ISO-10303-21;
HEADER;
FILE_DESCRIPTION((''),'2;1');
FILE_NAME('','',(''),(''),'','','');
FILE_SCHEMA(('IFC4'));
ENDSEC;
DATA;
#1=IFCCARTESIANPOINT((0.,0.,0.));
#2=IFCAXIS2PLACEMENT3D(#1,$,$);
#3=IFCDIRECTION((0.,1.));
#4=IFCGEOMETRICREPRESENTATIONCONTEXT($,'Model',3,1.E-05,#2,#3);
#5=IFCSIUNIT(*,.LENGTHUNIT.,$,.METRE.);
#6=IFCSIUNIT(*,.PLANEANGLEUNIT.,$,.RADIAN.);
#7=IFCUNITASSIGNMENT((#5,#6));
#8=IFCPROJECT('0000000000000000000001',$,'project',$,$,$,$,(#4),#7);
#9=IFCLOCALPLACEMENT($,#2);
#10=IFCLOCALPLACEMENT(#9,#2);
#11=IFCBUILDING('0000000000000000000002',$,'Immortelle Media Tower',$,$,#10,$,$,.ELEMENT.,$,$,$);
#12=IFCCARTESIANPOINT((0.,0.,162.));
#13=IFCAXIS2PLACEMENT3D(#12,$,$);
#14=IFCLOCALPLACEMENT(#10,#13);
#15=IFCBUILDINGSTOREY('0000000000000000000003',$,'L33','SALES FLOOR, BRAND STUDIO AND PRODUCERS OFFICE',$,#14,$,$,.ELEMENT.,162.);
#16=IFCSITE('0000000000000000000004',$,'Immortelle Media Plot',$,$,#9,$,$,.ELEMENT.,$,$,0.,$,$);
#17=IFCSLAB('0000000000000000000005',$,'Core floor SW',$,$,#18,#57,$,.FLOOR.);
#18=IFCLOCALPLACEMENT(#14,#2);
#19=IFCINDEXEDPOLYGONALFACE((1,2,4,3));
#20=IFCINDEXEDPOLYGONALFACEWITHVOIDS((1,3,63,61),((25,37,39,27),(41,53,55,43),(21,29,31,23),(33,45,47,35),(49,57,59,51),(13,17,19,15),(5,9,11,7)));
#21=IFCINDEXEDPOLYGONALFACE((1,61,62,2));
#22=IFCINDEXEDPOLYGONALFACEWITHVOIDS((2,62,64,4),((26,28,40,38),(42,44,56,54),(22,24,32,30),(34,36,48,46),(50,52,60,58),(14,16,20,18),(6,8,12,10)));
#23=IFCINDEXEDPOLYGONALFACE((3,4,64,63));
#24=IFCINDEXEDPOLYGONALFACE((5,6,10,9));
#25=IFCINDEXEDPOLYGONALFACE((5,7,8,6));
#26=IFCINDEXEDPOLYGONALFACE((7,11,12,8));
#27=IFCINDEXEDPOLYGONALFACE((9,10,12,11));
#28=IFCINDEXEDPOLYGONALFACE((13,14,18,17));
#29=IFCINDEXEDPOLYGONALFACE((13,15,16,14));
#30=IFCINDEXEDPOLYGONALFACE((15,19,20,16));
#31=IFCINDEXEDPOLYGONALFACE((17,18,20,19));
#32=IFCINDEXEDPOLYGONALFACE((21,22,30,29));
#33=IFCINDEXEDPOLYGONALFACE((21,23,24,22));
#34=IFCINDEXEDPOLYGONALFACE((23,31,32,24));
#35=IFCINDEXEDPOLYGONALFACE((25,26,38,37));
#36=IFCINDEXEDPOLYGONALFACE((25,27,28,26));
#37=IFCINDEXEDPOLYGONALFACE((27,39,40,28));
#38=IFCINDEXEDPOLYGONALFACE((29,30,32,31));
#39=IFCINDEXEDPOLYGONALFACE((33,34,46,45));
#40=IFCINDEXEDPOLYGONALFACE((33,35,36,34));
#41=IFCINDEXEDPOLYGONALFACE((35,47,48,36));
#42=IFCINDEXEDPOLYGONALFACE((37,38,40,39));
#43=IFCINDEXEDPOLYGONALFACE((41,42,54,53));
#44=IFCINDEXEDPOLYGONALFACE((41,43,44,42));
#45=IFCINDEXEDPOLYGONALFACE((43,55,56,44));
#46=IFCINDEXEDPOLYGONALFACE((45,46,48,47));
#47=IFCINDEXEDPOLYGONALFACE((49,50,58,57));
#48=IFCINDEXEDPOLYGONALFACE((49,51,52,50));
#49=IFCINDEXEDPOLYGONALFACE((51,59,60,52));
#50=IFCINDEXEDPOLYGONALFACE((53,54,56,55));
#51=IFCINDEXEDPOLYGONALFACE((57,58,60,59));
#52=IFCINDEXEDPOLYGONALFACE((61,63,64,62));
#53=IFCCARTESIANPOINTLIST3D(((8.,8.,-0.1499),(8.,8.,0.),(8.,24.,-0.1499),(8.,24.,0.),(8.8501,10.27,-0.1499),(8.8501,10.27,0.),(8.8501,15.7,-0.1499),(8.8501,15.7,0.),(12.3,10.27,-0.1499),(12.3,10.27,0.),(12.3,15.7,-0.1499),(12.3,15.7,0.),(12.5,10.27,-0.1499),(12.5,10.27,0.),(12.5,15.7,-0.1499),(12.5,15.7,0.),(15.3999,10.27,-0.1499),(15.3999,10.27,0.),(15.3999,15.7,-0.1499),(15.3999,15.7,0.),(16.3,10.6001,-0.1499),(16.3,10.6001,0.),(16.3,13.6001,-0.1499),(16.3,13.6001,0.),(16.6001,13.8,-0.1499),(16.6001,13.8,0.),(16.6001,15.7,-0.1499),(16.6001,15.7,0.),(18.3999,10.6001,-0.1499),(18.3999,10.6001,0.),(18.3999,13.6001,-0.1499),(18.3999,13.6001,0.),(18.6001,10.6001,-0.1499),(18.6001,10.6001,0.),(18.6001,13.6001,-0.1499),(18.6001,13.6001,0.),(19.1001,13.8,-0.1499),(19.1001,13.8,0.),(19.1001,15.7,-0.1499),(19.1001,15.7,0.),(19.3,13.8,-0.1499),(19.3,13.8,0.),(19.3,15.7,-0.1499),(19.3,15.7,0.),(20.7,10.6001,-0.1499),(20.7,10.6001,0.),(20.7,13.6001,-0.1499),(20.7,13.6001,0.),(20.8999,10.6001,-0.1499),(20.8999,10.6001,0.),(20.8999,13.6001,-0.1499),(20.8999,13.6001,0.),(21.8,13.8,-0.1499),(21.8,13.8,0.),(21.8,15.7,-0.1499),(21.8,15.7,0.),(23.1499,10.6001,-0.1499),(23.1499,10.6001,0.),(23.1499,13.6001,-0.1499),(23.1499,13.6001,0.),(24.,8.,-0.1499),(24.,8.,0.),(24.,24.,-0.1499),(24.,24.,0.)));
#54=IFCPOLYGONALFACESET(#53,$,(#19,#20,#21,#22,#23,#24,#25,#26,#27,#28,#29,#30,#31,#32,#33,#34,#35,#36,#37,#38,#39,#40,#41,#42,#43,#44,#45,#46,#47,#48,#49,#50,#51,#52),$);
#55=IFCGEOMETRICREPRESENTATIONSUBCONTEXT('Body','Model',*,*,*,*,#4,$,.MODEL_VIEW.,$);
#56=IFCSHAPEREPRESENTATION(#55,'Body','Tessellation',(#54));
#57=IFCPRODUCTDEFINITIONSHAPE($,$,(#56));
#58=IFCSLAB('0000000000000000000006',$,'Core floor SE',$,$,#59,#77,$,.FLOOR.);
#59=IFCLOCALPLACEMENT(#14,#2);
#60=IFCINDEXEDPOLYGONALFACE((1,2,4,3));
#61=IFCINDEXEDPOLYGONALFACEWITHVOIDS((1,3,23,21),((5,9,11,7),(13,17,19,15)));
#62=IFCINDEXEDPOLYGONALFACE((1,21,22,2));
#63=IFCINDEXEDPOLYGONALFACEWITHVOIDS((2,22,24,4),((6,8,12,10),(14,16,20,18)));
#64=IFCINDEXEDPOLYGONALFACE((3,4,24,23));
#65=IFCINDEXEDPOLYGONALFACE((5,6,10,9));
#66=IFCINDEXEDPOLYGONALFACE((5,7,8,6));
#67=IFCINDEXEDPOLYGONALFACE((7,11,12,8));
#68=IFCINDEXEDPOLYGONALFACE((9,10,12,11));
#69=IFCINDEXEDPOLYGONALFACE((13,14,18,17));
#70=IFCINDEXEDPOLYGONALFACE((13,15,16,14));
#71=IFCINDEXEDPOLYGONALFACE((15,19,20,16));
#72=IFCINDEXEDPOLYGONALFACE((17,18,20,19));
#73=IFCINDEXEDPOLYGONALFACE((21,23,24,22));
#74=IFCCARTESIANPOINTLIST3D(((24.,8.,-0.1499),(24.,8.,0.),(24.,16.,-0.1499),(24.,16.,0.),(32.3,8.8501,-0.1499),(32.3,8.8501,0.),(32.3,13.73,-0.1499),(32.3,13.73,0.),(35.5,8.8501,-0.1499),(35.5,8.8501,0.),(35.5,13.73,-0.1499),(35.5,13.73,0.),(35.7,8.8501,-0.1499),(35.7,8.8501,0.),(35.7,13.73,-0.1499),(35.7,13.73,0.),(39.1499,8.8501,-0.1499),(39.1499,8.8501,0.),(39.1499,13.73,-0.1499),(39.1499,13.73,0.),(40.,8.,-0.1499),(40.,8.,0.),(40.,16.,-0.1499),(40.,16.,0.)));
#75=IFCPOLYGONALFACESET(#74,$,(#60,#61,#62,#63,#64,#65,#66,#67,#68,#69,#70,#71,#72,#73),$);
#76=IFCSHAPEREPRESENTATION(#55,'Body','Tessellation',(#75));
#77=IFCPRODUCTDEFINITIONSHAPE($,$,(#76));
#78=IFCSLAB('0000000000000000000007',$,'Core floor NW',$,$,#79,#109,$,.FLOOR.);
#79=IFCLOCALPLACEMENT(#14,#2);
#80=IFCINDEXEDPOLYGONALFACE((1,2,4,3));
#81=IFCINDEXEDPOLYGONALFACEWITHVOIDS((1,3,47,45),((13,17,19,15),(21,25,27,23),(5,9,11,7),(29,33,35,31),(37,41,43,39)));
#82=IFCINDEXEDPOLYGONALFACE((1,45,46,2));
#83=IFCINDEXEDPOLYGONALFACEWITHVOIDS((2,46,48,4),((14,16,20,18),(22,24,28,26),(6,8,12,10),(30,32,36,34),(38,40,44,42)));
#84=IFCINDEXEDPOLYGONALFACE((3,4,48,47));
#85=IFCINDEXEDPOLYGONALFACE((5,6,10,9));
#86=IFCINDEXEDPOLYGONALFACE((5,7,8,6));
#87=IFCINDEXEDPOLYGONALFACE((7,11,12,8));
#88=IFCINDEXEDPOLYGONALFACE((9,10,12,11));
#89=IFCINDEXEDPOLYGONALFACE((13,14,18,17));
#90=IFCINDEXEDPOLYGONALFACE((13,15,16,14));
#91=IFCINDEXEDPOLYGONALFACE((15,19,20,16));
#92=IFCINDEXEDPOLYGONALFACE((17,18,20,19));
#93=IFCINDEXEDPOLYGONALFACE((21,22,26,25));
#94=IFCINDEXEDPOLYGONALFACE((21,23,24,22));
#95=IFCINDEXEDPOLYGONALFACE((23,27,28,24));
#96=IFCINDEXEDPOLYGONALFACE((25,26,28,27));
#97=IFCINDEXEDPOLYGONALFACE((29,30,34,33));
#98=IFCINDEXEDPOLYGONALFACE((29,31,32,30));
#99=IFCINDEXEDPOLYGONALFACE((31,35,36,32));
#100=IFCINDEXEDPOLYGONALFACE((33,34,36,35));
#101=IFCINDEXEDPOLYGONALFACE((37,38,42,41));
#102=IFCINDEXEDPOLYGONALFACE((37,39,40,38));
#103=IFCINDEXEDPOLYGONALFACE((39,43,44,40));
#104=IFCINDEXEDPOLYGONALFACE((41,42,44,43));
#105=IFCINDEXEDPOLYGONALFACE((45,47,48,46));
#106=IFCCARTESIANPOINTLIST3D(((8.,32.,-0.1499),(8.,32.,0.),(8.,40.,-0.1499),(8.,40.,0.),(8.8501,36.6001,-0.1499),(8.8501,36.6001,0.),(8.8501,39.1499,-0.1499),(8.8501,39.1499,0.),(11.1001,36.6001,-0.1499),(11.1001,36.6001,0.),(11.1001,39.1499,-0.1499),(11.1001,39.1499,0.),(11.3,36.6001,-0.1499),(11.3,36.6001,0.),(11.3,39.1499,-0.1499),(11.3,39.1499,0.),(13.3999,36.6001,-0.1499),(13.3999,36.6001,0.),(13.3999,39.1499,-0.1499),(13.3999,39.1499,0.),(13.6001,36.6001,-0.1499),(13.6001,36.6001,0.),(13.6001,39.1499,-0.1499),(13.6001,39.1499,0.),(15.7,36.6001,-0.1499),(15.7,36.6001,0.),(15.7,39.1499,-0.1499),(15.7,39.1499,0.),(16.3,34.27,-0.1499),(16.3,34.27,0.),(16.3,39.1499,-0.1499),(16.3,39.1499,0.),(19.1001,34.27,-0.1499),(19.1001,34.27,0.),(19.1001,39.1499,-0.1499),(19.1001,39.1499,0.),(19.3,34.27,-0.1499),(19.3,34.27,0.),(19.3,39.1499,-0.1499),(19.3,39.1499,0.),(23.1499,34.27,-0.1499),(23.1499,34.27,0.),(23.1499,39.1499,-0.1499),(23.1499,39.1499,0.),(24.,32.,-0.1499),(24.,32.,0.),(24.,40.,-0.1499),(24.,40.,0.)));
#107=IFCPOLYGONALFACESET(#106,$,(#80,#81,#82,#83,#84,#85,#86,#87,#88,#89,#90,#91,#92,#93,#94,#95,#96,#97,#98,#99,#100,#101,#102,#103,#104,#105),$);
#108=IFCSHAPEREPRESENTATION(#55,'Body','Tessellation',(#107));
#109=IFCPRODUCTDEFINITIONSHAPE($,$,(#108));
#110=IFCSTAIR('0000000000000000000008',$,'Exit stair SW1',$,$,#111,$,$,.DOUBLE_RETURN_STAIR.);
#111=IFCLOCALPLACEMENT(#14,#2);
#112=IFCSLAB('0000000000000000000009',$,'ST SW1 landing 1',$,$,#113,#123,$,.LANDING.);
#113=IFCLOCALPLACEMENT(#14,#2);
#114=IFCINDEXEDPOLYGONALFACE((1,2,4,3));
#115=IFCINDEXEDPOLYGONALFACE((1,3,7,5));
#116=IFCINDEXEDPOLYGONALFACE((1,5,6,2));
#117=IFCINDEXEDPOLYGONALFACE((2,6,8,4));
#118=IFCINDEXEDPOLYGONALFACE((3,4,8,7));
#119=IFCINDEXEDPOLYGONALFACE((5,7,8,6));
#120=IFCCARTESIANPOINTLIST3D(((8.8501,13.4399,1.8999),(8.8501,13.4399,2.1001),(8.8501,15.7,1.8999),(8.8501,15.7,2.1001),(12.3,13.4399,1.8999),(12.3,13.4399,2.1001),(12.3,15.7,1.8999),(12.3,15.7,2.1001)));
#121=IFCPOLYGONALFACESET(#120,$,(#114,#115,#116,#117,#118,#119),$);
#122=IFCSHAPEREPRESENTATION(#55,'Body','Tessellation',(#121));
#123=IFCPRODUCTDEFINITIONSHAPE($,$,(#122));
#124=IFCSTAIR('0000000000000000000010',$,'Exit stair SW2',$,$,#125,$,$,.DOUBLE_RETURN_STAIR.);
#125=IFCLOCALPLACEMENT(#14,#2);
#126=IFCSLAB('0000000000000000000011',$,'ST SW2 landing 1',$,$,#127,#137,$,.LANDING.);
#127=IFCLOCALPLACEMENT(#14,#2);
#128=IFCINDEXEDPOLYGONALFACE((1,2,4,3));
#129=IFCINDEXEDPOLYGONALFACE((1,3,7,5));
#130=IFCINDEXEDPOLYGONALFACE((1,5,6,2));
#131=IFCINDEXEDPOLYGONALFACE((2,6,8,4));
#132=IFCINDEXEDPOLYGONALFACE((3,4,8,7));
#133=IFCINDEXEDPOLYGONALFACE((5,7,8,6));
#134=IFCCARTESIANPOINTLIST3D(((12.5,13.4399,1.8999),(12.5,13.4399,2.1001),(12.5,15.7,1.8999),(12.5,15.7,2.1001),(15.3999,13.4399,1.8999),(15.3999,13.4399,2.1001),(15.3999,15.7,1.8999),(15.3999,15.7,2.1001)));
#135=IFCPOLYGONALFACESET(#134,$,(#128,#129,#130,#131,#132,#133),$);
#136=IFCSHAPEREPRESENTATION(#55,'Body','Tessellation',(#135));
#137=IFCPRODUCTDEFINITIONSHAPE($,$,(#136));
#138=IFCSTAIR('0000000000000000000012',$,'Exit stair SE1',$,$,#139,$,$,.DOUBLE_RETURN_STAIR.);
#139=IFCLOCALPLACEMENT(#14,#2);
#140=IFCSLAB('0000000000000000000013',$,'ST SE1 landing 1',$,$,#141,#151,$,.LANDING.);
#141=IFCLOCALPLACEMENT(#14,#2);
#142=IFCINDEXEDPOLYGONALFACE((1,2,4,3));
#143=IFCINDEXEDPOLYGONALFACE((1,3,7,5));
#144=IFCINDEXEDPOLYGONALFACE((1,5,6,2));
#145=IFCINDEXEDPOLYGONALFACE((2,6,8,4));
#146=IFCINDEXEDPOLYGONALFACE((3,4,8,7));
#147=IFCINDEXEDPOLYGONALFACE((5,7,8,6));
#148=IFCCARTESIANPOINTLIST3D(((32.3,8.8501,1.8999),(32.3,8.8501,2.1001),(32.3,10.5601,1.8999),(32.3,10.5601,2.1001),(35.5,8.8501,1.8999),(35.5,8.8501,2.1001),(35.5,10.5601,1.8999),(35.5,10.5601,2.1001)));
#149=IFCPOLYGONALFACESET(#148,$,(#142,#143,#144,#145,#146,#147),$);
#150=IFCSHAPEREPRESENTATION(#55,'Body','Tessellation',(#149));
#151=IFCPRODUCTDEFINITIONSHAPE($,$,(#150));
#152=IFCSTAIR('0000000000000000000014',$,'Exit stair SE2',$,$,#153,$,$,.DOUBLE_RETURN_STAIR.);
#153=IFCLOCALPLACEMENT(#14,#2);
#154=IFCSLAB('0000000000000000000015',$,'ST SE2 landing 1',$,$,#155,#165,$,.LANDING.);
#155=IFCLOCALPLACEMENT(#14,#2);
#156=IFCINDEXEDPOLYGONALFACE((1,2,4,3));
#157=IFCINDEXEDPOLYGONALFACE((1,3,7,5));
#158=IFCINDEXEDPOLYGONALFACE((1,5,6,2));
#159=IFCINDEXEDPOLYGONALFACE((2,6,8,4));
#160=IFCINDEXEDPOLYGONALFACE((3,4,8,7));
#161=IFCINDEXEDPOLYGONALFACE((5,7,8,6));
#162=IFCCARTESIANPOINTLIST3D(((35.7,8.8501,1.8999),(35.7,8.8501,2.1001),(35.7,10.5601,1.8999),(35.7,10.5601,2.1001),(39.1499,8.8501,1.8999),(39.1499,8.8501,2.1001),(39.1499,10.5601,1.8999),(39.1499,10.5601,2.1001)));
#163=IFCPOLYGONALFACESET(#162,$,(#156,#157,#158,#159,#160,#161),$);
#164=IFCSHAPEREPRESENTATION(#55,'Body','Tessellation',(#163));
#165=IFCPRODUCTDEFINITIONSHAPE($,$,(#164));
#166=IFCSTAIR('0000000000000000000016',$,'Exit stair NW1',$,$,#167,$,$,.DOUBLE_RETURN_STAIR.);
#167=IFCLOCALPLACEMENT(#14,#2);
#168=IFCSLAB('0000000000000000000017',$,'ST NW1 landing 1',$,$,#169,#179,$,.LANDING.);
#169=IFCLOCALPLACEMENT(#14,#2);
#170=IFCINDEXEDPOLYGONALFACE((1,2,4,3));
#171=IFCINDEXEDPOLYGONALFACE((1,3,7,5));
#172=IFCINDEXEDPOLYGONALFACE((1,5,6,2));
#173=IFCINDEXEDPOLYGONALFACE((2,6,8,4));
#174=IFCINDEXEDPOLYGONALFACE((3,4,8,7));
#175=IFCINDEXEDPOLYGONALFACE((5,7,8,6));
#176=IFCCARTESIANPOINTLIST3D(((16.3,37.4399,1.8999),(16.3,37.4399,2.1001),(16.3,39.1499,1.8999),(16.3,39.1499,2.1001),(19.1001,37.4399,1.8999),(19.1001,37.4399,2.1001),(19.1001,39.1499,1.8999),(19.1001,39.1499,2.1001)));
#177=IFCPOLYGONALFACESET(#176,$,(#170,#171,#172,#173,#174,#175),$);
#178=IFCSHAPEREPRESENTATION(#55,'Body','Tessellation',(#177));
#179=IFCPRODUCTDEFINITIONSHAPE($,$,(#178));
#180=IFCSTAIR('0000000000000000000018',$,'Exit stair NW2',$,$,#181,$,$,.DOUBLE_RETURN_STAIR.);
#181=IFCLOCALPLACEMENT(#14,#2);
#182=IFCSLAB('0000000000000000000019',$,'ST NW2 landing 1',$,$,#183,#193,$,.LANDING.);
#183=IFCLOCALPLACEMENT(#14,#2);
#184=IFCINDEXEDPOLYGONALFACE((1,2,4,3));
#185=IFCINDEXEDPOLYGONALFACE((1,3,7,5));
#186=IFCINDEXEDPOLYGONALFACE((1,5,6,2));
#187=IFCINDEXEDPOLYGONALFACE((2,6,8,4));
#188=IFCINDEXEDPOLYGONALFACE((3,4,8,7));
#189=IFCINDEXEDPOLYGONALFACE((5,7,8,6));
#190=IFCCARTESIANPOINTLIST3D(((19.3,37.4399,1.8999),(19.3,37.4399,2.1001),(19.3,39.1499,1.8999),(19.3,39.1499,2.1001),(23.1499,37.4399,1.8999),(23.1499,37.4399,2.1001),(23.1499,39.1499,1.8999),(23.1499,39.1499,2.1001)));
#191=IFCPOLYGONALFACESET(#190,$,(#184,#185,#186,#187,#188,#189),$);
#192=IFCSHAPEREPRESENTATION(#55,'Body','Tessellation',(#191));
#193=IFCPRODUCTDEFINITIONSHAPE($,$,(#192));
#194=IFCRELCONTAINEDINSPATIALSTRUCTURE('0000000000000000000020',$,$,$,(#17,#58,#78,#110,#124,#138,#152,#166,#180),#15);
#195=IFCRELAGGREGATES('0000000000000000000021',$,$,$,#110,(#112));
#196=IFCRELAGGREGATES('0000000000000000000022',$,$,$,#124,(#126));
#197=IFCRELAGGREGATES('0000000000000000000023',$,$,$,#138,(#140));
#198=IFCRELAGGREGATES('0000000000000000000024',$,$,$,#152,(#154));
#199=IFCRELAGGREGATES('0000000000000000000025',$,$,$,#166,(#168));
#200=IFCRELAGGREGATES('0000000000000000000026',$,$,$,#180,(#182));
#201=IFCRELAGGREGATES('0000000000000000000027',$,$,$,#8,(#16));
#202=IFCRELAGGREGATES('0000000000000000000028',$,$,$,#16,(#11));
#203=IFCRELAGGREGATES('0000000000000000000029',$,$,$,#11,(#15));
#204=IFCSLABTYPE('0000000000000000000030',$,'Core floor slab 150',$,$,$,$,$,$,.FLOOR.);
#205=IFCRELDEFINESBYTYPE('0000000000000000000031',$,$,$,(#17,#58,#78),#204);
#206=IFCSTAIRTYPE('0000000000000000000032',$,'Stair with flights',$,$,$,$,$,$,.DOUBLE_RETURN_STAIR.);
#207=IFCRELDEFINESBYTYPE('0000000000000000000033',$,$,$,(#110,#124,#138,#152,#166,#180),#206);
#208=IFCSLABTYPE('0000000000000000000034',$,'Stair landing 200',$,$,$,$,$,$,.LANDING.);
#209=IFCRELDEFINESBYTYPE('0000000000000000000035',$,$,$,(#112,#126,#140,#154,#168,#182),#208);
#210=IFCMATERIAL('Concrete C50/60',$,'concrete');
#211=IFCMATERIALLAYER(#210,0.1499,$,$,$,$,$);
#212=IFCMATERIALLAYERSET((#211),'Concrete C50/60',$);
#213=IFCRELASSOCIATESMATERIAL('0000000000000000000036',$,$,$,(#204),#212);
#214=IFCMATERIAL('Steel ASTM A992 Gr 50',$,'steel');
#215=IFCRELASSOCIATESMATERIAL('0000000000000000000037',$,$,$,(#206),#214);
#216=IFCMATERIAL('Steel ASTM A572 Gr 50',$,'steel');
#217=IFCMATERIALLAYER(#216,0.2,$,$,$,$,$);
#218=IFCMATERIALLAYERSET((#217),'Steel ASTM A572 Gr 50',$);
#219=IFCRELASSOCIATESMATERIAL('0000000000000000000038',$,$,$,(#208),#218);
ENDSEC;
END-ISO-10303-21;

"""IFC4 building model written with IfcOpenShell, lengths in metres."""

from ifc_helpers import new_model, si_unit, direction, frame, origin, place, context, subcontext, project, spatial, polyline, outline, extrude, material, layer, layer_set, type_object, element, aggregate, save


model = new_model("IFC4")

# Units and contexts
model_context = context("Model", 3, precision=1e-05, world=origin(), true_north=direction((0.0, 1.0)))
body_context = subcontext(model_context, "Body", "Model", "MODEL_VIEW")
ifc_project = project(units=[si_unit("LENGTHUNIT", "METRE"), si_unit("PLANEANGLEUNIT", "RADIAN")], contexts=[model_context])

# Site, building, storey
site_placement = place(None, origin())
site = spatial("IfcSite", under=ifc_project, at=site_placement, Name="Immortelle Media Plot", CompositionType="ELEMENT", RefElevation=0.0)
building_placement = place(site_placement, origin())
building = spatial("IfcBuilding", under=site, at=building_placement, Name="Immortelle Media Tower", CompositionType="ELEMENT")
storey_placement = place(building_placement, frame((0.0, 0.0, 162.0)))
storey = spatial("IfcBuildingStorey", under=building, at=storey_placement, Name="L33", Description="SALES FLOOR, BRAND STUDIO AND PRODUCERS OFFICE", CompositionType="ELEMENT", Elevation=162.0)

# Slabs
ifc_material_1 = material(Name="Concrete C50/60", Category="concrete")
ifc_layer_1 = layer(ifc_material_1, 0.1499)
ifc_layer_set_1 = layer_set([ifc_layer_1], Name="Concrete C50/60")
slab_type_1 = type_object("IfcSlabType", Name="Core floor slab 150", PredefinedType="FLOOR", material=ifc_layer_set_1)
slab_1_placement = place(storey_placement, frame((0.0, 0.0, -0.1499)))
element("IfcSlab", 1, at=slab_1_placement, inside=storey, type_object=slab_type_1, Name="Core floor SW", PredefinedType="FLOOR", context=body_context, shape_type="SweptSolid", body=[
    extrude(outline(polyline([(8.0, 8.0), (24.0, 8.0), (24.0, 24.0), (8.0, 24.0), (8.0, 8.0)]), holes=[polyline([(16.6001, 13.8), (19.1001, 13.8), (19.1001, 15.7), (16.6001, 15.7), (16.6001, 13.8)]), polyline([(19.3, 13.8), (21.8, 13.8), (21.8, 15.7), (19.3, 15.7), (19.3, 13.8)]), polyline([(16.3, 10.6001), (18.3999, 10.6001), (18.3999, 13.6001), (16.3, 13.6001), (16.3, 10.6001)]), polyline([(18.6001, 10.6001), (20.7, 10.6001), (20.7, 13.6001), (18.6001, 13.6001), (18.6001, 10.6001)]), polyline([(20.8999, 10.6001), (23.1499, 10.6001), (23.1499, 13.6001), (20.8999, 13.6001), (20.8999, 10.6001)]), polyline([(8.8501, 10.27), (12.3, 10.27), (12.3, 15.7), (8.8501, 15.7), (8.8501, 10.27)]), polyline([(12.5, 10.27), (15.3999, 10.27), (15.3999, 15.7), (12.5, 15.7), (12.5, 10.27)])]), origin(), (0.0, 0.0, 1.0), 0.1499),
])
slab_2_placement = place(storey_placement, frame((0.0, 0.0, -0.1499)))
element("IfcSlab", 2, at=slab_2_placement, inside=storey, type_object=slab_type_1, Name="Core floor SE", PredefinedType="FLOOR", context=body_context, shape_type="SweptSolid", body=[
    extrude(outline(polyline([(24.0, 8.0), (40.0, 8.0), (40.0, 16.0), (24.0, 16.0), (24.0, 8.0)]), holes=[polyline([(32.3, 8.8501), (35.5, 8.8501), (35.5, 13.73), (32.3, 13.73), (32.3, 8.8501)]), polyline([(35.7, 8.8501), (39.1499, 8.8501), (39.1499, 13.73), (35.7, 13.73), (35.7, 8.8501)])]), origin(), (0.0, 0.0, 1.0), 0.1499),
])
slab_3_placement = place(storey_placement, frame((0.0, 0.0, -0.1499)))
element("IfcSlab", 3, at=slab_3_placement, inside=storey, type_object=slab_type_1, Name="Core floor NW", PredefinedType="FLOOR", context=body_context, shape_type="SweptSolid", body=[
    extrude(outline(polyline([(8.0, 32.0), (24.0, 32.0), (24.0, 40.0), (8.0, 40.0), (8.0, 32.0)]), holes=[polyline([(8.8501, 36.6001), (11.1001, 36.6001), (11.1001, 39.1499), (8.8501, 39.1499), (8.8501, 36.6001)]), polyline([(11.3, 36.6001), (13.3999, 36.6001), (13.3999, 39.1499), (11.3, 39.1499), (11.3, 36.6001)]), polyline([(13.6001, 36.6001), (15.7, 36.6001), (15.7, 39.1499), (13.6001, 39.1499), (13.6001, 36.6001)]), polyline([(16.3, 34.27), (19.1001, 34.27), (19.1001, 39.1499), (16.3, 39.1499), (16.3, 34.27)]), polyline([(19.3, 34.27), (23.1499, 34.27), (23.1499, 39.1499), (19.3, 39.1499), (19.3, 34.27)])]), origin(), (0.0, 0.0, 1.0), 0.1499),
])

# Stairs, slabs
ifc_material_2 = material(Name="Steel ASTM A992 Gr 50", Category="steel")
stair_type = type_object("IfcStairType", Name="Stair with flights", PredefinedType="DOUBLE_RETURN_STAIR", material=ifc_material_2)
stair_1_placement = place(storey_placement, origin())
stair_1 = element("IfcStair", 4, at=stair_1_placement, inside=storey, type_object=stair_type, Name="Exit stair SW1", PredefinedType="DOUBLE_RETURN_STAIR")
ifc_material_3 = material(Name="Steel ASTM A572 Gr 50", Category="steel")
ifc_layer_2 = layer(ifc_material_3, 0.2)
ifc_layer_set_2 = layer_set([ifc_layer_2], Name="Steel ASTM A572 Gr 50")
slab_type_2 = type_object("IfcSlabType", Name="Stair landing 200", PredefinedType="LANDING", material=ifc_layer_set_2)
slab_4_placement = place(storey_placement, frame((0.0, 0.0, 1.8999)))
slab_4 = element("IfcSlab", 5, at=slab_4_placement, type_object=slab_type_2, Name="ST SW1 landing 1", PredefinedType="LANDING", context=body_context, shape_type="SweptSolid", body=[
    extrude(outline(polyline([(8.8501, 13.4399), (12.3, 13.4399), (12.3, 15.7), (8.8501, 15.7), (8.8501, 13.4399)])), origin(), (0.0, 0.0, 1.0), 0.2002),
])
aggregate(stair_1, [slab_4])
stair_2_placement = place(storey_placement, origin())
stair_2 = element("IfcStair", 6, at=stair_2_placement, inside=storey, type_object=stair_type, Name="Exit stair SW2", PredefinedType="DOUBLE_RETURN_STAIR")
slab_5_placement = place(storey_placement, frame((0.0, 0.0, 1.8999)))
slab_5 = element("IfcSlab", 7, at=slab_5_placement, type_object=slab_type_2, Name="ST SW2 landing 1", PredefinedType="LANDING", context=body_context, shape_type="SweptSolid", body=[
    extrude(outline(polyline([(12.5, 13.4399), (15.3999, 13.4399), (15.3999, 15.7), (12.5, 15.7), (12.5, 13.4399)])), origin(), (0.0, 0.0, 1.0), 0.2002),
])
aggregate(stair_2, [slab_5])
stair_3_placement = place(storey_placement, origin())
stair_3 = element("IfcStair", 8, at=stair_3_placement, inside=storey, type_object=stair_type, Name="Exit stair SE1", PredefinedType="DOUBLE_RETURN_STAIR")
slab_6_placement = place(storey_placement, frame((0.0, 0.0, 1.8999)))
slab_6 = element("IfcSlab", 9, at=slab_6_placement, type_object=slab_type_2, Name="ST SE1 landing 1", PredefinedType="LANDING", context=body_context, shape_type="SweptSolid", body=[
    extrude(outline(polyline([(32.3, 8.8501), (35.5, 8.8501), (35.5, 10.5601), (32.3, 10.5601), (32.3, 8.8501)])), origin(), (0.0, 0.0, 1.0), 0.2002),
])
aggregate(stair_3, [slab_6])
stair_4_placement = place(storey_placement, origin())
stair_4 = element("IfcStair", 10, at=stair_4_placement, inside=storey, type_object=stair_type, Name="Exit stair SE2", PredefinedType="DOUBLE_RETURN_STAIR")
slab_7_placement = place(storey_placement, frame((0.0, 0.0, 1.8999)))
slab_7 = element("IfcSlab", 11, at=slab_7_placement, type_object=slab_type_2, Name="ST SE2 landing 1", PredefinedType="LANDING", context=body_context, shape_type="SweptSolid", body=[
    extrude(outline(polyline([(35.7, 8.8501), (39.1499, 8.8501), (39.1499, 10.5601), (35.7, 10.5601), (35.7, 8.8501)])), origin(), (0.0, 0.0, 1.0), 0.2002),
])
aggregate(stair_4, [slab_7])
stair_5_placement = place(storey_placement, origin())
stair_5 = element("IfcStair", 12, at=stair_5_placement, inside=storey, type_object=stair_type, Name="Exit stair NW1", PredefinedType="DOUBLE_RETURN_STAIR")
slab_8_placement = place(storey_placement, frame((0.0, 0.0, 1.8999)))
slab_8 = element("IfcSlab", 13, at=slab_8_placement, type_object=slab_type_2, Name="ST NW1 landing 1", PredefinedType="LANDING", context=body_context, shape_type="SweptSolid", body=[
    extrude(outline(polyline([(16.3, 37.4399), (19.1001, 37.4399), (19.1001, 39.1499), (16.3, 39.1499), (16.3, 37.4399)])), origin(), (0.0, 0.0, 1.0), 0.2002),
])
aggregate(stair_5, [slab_8])
stair_6_placement = place(storey_placement, origin())
stair_6 = element("IfcStair", 14, at=stair_6_placement, inside=storey, type_object=stair_type, Name="Exit stair NW2", PredefinedType="DOUBLE_RETURN_STAIR")
slab_9_placement = place(storey_placement, frame((0.0, 0.0, 1.8999)))
slab_9 = element("IfcSlab", 15, at=slab_9_placement, type_object=slab_type_2, Name="ST NW2 landing 1", PredefinedType="LANDING", context=body_context, shape_type="SweptSolid", body=[
    extrude(outline(polyline([(19.3, 37.4399), (23.1499, 37.4399), (23.1499, 39.1499), (19.3, 39.1499), (19.3, 37.4399)])), origin(), (0.0, 0.0, 1.0), 0.2002),
])
aggregate(stair_6, [slab_9])

save(model, "model.ifc")
